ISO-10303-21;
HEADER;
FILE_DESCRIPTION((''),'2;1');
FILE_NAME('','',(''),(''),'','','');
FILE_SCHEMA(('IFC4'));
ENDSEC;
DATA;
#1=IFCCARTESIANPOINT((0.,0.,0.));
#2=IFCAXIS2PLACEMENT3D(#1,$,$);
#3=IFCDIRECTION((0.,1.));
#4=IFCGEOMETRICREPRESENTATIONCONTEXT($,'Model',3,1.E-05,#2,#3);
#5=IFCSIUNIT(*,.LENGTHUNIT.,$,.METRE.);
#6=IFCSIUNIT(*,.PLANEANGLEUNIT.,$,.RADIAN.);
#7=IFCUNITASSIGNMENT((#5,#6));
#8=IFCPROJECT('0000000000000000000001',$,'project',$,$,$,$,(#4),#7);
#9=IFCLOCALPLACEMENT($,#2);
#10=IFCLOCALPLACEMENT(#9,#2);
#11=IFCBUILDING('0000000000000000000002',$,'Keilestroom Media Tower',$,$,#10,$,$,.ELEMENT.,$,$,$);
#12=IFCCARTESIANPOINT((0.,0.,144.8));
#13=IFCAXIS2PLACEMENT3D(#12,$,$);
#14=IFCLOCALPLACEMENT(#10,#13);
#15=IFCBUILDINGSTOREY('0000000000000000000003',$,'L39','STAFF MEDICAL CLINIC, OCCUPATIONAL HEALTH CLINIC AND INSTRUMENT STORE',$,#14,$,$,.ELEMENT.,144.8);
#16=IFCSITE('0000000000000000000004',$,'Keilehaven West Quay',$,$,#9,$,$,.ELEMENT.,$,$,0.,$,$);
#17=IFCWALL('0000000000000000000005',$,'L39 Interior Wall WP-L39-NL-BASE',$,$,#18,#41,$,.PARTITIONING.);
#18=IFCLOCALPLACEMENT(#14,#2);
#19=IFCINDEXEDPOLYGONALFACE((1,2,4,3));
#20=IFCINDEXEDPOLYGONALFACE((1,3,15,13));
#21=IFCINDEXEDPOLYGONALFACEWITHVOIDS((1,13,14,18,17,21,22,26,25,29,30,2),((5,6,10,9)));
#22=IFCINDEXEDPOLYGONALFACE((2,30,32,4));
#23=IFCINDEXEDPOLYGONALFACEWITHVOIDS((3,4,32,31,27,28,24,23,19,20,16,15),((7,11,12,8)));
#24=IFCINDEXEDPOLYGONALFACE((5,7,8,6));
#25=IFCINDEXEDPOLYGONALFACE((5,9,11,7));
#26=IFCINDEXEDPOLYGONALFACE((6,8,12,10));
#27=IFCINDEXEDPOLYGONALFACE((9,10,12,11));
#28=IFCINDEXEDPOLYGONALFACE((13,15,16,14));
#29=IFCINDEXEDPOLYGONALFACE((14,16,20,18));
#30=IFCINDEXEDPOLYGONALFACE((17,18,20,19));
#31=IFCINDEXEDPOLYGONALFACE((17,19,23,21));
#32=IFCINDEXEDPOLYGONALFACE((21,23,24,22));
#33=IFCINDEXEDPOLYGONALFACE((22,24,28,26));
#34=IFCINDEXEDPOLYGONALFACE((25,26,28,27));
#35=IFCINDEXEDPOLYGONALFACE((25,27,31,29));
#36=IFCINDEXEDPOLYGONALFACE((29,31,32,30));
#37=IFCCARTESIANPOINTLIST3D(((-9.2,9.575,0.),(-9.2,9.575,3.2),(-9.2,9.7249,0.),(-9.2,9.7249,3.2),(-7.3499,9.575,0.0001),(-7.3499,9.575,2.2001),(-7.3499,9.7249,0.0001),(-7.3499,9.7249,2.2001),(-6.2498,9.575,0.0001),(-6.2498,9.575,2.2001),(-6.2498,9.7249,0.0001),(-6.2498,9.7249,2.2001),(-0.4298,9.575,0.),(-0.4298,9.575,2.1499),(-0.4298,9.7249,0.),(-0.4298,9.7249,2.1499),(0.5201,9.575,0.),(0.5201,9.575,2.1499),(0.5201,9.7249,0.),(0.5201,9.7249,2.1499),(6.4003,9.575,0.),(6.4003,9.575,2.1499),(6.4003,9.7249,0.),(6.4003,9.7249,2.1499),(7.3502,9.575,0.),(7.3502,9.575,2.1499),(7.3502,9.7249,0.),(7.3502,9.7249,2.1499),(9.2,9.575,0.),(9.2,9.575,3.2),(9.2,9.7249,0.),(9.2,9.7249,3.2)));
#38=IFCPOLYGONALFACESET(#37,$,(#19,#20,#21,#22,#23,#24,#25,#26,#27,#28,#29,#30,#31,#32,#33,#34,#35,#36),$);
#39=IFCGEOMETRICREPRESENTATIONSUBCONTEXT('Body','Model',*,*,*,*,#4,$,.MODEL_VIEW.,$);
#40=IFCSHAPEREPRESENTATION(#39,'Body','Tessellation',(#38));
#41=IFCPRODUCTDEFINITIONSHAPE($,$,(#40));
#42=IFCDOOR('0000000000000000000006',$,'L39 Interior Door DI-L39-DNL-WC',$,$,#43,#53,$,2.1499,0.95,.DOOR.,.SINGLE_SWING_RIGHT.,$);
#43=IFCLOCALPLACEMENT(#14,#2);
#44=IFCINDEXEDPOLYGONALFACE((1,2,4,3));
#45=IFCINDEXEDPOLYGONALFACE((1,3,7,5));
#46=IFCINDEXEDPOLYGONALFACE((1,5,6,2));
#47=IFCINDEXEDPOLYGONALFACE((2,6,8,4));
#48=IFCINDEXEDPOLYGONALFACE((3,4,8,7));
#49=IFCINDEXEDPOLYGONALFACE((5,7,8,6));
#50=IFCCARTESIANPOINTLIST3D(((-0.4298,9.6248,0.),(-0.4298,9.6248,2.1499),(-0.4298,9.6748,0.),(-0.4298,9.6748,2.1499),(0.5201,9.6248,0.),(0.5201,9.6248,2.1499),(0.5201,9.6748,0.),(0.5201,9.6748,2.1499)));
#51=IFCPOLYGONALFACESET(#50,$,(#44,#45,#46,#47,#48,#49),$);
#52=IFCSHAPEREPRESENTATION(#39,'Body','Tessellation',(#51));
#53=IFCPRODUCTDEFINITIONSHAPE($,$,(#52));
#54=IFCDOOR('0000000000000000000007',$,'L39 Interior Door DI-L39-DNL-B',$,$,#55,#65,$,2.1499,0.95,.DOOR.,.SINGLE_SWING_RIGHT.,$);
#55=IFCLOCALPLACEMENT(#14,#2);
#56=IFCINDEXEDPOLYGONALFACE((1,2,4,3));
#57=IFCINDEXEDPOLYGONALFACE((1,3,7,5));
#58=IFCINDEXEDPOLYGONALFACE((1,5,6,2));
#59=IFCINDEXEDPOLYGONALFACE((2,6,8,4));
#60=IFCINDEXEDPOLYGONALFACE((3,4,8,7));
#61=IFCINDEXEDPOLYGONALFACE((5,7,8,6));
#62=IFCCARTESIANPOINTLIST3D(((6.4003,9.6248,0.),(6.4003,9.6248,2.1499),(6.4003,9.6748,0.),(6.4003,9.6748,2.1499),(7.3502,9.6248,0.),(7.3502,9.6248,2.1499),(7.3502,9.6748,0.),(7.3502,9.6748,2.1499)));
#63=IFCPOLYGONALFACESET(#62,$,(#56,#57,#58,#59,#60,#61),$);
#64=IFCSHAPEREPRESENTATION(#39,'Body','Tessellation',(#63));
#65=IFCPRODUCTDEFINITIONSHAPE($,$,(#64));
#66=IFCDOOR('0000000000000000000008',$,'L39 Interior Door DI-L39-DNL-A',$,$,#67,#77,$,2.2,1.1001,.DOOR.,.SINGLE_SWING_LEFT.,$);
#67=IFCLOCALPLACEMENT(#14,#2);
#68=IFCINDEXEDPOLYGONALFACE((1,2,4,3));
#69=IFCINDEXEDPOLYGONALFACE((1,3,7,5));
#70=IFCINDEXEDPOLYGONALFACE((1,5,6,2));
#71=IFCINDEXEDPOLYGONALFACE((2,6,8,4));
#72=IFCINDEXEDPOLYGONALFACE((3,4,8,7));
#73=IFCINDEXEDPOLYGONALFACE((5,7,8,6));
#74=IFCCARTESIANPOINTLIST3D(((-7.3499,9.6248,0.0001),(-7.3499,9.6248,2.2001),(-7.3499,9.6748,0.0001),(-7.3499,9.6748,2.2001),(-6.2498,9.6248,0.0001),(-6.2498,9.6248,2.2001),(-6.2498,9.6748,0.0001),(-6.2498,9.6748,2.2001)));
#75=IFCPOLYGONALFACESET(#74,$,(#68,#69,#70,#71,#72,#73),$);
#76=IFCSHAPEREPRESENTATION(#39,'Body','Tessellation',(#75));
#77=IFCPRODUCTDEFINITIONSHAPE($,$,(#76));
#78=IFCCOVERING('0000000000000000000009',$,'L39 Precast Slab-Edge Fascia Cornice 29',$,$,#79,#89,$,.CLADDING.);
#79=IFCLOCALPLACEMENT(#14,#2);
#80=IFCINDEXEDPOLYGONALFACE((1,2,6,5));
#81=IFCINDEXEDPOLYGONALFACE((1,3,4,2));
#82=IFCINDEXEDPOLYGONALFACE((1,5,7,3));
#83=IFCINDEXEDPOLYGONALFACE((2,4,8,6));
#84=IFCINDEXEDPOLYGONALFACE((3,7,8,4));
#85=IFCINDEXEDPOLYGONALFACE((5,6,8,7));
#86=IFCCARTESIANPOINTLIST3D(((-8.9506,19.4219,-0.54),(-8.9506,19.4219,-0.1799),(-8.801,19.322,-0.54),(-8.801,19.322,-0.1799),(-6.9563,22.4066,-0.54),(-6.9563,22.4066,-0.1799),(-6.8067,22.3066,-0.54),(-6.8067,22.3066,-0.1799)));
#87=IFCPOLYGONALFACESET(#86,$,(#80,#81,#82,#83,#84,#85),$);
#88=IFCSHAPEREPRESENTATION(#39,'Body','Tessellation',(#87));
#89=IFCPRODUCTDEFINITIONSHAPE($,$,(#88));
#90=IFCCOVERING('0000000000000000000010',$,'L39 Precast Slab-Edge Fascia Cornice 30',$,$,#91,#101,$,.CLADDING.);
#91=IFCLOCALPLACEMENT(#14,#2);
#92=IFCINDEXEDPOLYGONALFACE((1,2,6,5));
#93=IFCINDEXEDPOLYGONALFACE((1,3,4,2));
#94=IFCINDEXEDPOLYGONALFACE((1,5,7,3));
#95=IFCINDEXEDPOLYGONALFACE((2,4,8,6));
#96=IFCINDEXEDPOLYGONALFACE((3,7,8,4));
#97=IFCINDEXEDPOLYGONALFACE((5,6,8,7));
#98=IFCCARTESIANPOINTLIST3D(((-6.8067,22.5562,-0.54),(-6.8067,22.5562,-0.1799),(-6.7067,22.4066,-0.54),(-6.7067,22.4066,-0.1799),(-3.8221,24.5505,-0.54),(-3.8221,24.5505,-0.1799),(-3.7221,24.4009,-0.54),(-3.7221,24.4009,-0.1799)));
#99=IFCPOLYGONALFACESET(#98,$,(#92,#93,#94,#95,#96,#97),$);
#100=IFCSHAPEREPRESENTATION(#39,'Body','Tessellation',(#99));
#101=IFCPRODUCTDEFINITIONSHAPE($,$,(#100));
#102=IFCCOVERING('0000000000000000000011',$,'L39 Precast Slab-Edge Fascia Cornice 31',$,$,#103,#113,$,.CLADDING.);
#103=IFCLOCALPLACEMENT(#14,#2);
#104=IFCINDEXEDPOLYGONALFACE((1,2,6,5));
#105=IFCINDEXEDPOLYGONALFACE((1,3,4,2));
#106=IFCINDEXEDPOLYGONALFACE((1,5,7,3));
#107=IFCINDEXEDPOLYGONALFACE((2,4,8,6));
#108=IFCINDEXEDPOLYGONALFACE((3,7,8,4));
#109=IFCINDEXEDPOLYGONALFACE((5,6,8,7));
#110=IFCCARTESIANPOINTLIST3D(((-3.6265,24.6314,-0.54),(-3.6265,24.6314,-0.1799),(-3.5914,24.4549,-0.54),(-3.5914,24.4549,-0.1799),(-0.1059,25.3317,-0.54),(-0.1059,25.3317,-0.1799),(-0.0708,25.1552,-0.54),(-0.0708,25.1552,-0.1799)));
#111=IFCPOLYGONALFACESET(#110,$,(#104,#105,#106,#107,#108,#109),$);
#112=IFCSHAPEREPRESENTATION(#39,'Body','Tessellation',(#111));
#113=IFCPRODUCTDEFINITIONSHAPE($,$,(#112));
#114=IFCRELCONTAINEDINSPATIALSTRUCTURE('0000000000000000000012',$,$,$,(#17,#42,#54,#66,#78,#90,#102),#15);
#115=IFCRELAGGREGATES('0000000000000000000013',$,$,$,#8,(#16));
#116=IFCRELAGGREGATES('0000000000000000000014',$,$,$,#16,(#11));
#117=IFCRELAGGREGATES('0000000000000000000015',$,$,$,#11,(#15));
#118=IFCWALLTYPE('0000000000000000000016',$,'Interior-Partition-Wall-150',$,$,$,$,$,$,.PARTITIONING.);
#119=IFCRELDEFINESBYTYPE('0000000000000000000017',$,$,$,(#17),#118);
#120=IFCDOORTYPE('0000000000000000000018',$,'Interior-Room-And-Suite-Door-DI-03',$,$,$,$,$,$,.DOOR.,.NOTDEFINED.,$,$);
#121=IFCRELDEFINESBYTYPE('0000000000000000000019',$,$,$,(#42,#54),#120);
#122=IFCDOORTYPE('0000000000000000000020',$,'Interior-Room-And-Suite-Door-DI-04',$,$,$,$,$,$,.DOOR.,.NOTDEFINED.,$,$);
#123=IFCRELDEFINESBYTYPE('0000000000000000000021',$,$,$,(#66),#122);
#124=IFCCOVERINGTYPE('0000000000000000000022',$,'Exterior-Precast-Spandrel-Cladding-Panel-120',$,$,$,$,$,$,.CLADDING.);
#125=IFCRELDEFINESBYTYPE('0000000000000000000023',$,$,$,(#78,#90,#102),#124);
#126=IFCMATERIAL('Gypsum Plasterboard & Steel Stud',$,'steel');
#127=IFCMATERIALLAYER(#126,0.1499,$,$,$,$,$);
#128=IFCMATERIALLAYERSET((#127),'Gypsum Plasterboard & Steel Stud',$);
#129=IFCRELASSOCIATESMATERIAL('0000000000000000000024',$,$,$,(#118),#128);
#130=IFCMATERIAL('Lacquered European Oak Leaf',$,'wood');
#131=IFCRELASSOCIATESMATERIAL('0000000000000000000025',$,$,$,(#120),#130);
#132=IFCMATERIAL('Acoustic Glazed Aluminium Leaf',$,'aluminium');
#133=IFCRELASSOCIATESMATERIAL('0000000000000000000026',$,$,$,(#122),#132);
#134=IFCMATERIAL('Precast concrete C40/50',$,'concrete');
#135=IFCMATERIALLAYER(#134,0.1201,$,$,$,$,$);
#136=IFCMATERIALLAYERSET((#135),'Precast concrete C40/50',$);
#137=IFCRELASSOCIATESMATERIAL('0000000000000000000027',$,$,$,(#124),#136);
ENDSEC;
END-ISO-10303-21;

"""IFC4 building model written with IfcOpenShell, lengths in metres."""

from ifc_helpers import new_model, si_unit, direction, frame, frame_2d, origin, origin_2d, place, context, subcontext, project, spatial, rectangle, extrude, source, transform, mapped, material, layer, layer_set, type_object, element, fill, save


model = new_model("IFC4")

# Units and contexts
model_context = context("Model", 3, precision=1e-05, world=origin(), true_north=direction((0.0, 1.0)))
body_context = subcontext(model_context, "Body", "Model", "MODEL_VIEW")
ifc_project = project(units=[si_unit("LENGTHUNIT", "METRE"), si_unit("PLANEANGLEUNIT", "RADIAN")], contexts=[model_context])

# Site, building, storey
site_placement = place(None, origin())
site = spatial("IfcSite", under=ifc_project, at=site_placement, Name="Keilehaven West Quay", CompositionType="ELEMENT", RefElevation=0.0)
building_placement = place(site_placement, origin())
building = spatial("IfcBuilding", under=site, at=building_placement, Name="Keilestroom Media Tower", CompositionType="ELEMENT")
storey_placement = place(building_placement, frame((0.0, 0.0, 144.8)))
storey = spatial("IfcBuildingStorey", under=building, at=storey_placement, Name="L39", Description="STAFF MEDICAL CLINIC, OCCUPATIONAL HEALTH CLINIC AND INSTRUMENT STORE", CompositionType="ELEMENT", Elevation=144.8)

# Shared definitions
ifc_material_1 = material(Name="Precast concrete C40/50", Category="concrete")
ifc_material_2 = material(Name="Gypsum Plasterboard & Steel Stud", Category="steel")

# Wall, openings, doors
ifc_layer_1 = layer(ifc_material_2, 0.1499)
ifc_layer_set_1 = layer_set([ifc_layer_1], Name="Gypsum Plasterboard & Steel Stud")
wall_type_1 = type_object("IfcWallType", Name="Interior-Partition-Wall-150", PredefinedType="PARTITIONING", material=ifc_layer_set_1)
wall_1_placement = place(storey_placement, frame((-9.2, 9.6499, 0.0), z_axis=(0.0, 0.0, 1.0), x_axis=(1.0, 0.0, 0.0)))
wall_1 = element("IfcWall", 1, at=wall_1_placement, inside=storey, type_object=wall_type_1, Name="L39 Interior Wall WP-L39-NL-BASE", PredefinedType="PARTITIONING", context=body_context, shape_type="SweptSolid", body=[
    extrude(rectangle(XDim=18.3999, YDim=0.1499, at=frame_2d((9.2, 0.0))), origin(), (0.0, 0.0, 1.0), 3.2),
])
opening_1_placement = place(wall_1_placement, frame((8.77, 0.0, 0.0)))
opening_1 = element("IfcOpeningElement", 2, at=opening_1_placement, cuts=wall_1, PredefinedType="OPENING", context=body_context, shape_type="SweptSolid", body=[
    extrude(rectangle(XDim=0.95, YDim=2.1499, at=frame_2d((0.4751, 1.075))), frame((0.0, 0.085, 0.0), z_axis=(0.0, -1.0, 0.0), x_axis=(1.0, 0.0, 0.0)), (0.0, 0.0, 1.0), 0.1699),
])
opening_2_placement = place(wall_1_placement, frame((1.8501, 0.0, 0.0)))
opening_2 = element("IfcOpeningElement", 3, at=opening_2_placement, cuts=wall_1, PredefinedType="OPENING", context=body_context, shape_type="SweptSolid", body=[
    extrude(rectangle(XDim=1.1001, YDim=2.2, at=frame_2d((0.55, 1.1001))), frame((0.0, 0.085, 0.0), z_axis=(0.0, -1.0, 0.0), x_axis=(1.0, 0.0, 0.0)), (0.0, 0.0, 1.0), 0.1699),
])
opening_3_placement = place(wall_1_placement, frame((15.6001, 0.0, 0.0)))
opening_3 = element("IfcOpeningElement", 4, at=opening_3_placement, cuts=wall_1, PredefinedType="OPENING", context=body_context, shape_type="SweptSolid", body=[
    extrude(rectangle(XDim=0.95, YDim=2.1499, at=frame_2d((0.4751, 1.075))), frame((0.0, 0.085, 0.0), z_axis=(0.0, -1.0, 0.0), x_axis=(1.0, 0.0, 0.0)), (0.0, 0.0, 1.0), 0.1699),
])
ifc_material_3 = material(Name="Lacquered European Oak Leaf", Category="wood")
door_type_1 = type_object("IfcDoorType", Name="Interior-Room-And-Suite-Door-DI-03", OperationType="NOTDEFINED", PredefinedType="DOOR", material=ifc_material_3)
shared_shape_1 = source(origin(), body_context, "Body", "SweptSolid", [
    extrude(rectangle(XDim=0.95, YDim=2.1499, at=frame_2d((0.4751, 1.075))), frame((0.0, 0.0249, 0.0), z_axis=(0.0, -1.0, 0.0), x_axis=(1.0, 0.0, 0.0)), (0.0, 0.0, 1.0), 0.05),
])
door_1_placement = place(opening_1_placement, origin())
door_1 = element("IfcDoor", 5, at=door_1_placement, inside=storey, type_object=door_type_1, Name="L39 Interior Door DI-L39-DNL-WC", OperationType="SINGLE_SWING_RIGHT", OverallHeight=2.1499, OverallWidth=0.95, PredefinedType="DOOR", context=body_context, shape_type="MappedRepresentation", body=[
    mapped(shared_shape_1, transform((0.0, 0.0, 0.0), x_axis=(1.0, 0.0, 0.0), y_axis=(0.0, 1.0, 0.0), z_axis=(0.0, 0.0, 1.0), scale=1.0)),
])
fill(opening_1, door_1)
door_2_placement = place(opening_3_placement, origin())
door_2 = element("IfcDoor", 6, at=door_2_placement, inside=storey, type_object=door_type_1, Name="L39 Interior Door DI-L39-DNL-B", OperationType="SINGLE_SWING_RIGHT", OverallHeight=2.1499, OverallWidth=0.95, PredefinedType="DOOR", context=body_context, shape_type="MappedRepresentation", body=[
    mapped(shared_shape_1, transform((0.0, 0.0, 0.0), x_axis=(1.0, 0.0, 0.0), y_axis=(0.0, 1.0, 0.0), z_axis=(0.0, 0.0, 1.0), scale=1.0)),
])
fill(opening_3, door_2)
ifc_material_4 = material(Name="Acoustic Glazed Aluminium Leaf", Category="aluminium")
door_type_2 = type_object("IfcDoorType", Name="Interior-Room-And-Suite-Door-DI-04", OperationType="NOTDEFINED", PredefinedType="DOOR", material=ifc_material_4)
shared_shape_2 = source(origin(), body_context, "Body", "SweptSolid", [
    extrude(rectangle(XDim=1.1001, YDim=2.2, at=frame_2d((0.55, 1.1001))), frame((0.0, 0.0249, 0.0), z_axis=(0.0, -1.0, 0.0), x_axis=(1.0, 0.0, 0.0)), (0.0, 0.0, 1.0), 0.05),
])
door_3_placement = place(opening_2_placement, origin())
door_3 = element("IfcDoor", 7, at=door_3_placement, inside=storey, type_object=door_type_2, Name="L39 Interior Door DI-L39-DNL-A", OperationType="SINGLE_SWING_LEFT", OverallHeight=2.2, OverallWidth=1.1001, PredefinedType="DOOR", context=body_context, shape_type="MappedRepresentation", body=[
    mapped(shared_shape_2, transform((0.0, 0.0, 0.0), x_axis=(1.0, 0.0, 0.0), y_axis=(0.0, 1.0, 0.0), z_axis=(0.0, 0.0, 1.0), scale=1.0)),
])
fill(opening_2, door_3)

# Coverings
ifc_layer_2 = layer(ifc_material_1, 0.1201)
ifc_layer_set_2 = layer_set([ifc_layer_2], Name="Precast concrete C40/50")
covering_type = type_object("IfcCoveringType", Name="Exterior-Precast-Spandrel-Cladding-Panel-120", PredefinedType="CLADDING", material=ifc_layer_set_2)
shared_shape_3 = source(origin(), body_context, "Body", "SweptSolid", [
    extrude(rectangle(XDim=3.5896, YDim=0.1799, at=origin_2d()), origin(), (0.0, 0.0, 1.0), 0.3601),
])
for number, where, z_axis, x_axis, name in (
    (8, (-7.8787, 20.8643, -0.54), (0.0, 0.0, 1.0), (0.555575, 0.831467, 0.0), "L39 Precast Slab-Edge Fascia Cornice 29"),
    (9, (-5.2644, 23.4785, -0.54), (0.0, 0.0, 1.0), (0.831467, 0.555575, 0.0), "L39 Precast Slab-Edge Fascia Cornice 30"),
    (10, (-1.8486, 24.8933, -0.54), (0.0, 0.0, 1.0), (0.980784, 0.195099, 0.0), "L39 Precast Slab-Edge Fascia Cornice 31"),
):
    element("IfcCovering", number, at=place(storey_placement, frame(where, z_axis=z_axis, x_axis=x_axis)), inside=storey, type_object=covering_type, Name=name, PredefinedType="CLADDING", context=body_context, shape_type="MappedRepresentation", body=[
        mapped(shared_shape_3, transform((0.0, 0.0, 0.0), x_axis=(1.0, 0.0, 0.0), y_axis=(0.0, 1.0, 0.0), z_axis=(0.0, 0.0, 1.0), scale=1.0)),
    ])

save(model, "model.ifc")
